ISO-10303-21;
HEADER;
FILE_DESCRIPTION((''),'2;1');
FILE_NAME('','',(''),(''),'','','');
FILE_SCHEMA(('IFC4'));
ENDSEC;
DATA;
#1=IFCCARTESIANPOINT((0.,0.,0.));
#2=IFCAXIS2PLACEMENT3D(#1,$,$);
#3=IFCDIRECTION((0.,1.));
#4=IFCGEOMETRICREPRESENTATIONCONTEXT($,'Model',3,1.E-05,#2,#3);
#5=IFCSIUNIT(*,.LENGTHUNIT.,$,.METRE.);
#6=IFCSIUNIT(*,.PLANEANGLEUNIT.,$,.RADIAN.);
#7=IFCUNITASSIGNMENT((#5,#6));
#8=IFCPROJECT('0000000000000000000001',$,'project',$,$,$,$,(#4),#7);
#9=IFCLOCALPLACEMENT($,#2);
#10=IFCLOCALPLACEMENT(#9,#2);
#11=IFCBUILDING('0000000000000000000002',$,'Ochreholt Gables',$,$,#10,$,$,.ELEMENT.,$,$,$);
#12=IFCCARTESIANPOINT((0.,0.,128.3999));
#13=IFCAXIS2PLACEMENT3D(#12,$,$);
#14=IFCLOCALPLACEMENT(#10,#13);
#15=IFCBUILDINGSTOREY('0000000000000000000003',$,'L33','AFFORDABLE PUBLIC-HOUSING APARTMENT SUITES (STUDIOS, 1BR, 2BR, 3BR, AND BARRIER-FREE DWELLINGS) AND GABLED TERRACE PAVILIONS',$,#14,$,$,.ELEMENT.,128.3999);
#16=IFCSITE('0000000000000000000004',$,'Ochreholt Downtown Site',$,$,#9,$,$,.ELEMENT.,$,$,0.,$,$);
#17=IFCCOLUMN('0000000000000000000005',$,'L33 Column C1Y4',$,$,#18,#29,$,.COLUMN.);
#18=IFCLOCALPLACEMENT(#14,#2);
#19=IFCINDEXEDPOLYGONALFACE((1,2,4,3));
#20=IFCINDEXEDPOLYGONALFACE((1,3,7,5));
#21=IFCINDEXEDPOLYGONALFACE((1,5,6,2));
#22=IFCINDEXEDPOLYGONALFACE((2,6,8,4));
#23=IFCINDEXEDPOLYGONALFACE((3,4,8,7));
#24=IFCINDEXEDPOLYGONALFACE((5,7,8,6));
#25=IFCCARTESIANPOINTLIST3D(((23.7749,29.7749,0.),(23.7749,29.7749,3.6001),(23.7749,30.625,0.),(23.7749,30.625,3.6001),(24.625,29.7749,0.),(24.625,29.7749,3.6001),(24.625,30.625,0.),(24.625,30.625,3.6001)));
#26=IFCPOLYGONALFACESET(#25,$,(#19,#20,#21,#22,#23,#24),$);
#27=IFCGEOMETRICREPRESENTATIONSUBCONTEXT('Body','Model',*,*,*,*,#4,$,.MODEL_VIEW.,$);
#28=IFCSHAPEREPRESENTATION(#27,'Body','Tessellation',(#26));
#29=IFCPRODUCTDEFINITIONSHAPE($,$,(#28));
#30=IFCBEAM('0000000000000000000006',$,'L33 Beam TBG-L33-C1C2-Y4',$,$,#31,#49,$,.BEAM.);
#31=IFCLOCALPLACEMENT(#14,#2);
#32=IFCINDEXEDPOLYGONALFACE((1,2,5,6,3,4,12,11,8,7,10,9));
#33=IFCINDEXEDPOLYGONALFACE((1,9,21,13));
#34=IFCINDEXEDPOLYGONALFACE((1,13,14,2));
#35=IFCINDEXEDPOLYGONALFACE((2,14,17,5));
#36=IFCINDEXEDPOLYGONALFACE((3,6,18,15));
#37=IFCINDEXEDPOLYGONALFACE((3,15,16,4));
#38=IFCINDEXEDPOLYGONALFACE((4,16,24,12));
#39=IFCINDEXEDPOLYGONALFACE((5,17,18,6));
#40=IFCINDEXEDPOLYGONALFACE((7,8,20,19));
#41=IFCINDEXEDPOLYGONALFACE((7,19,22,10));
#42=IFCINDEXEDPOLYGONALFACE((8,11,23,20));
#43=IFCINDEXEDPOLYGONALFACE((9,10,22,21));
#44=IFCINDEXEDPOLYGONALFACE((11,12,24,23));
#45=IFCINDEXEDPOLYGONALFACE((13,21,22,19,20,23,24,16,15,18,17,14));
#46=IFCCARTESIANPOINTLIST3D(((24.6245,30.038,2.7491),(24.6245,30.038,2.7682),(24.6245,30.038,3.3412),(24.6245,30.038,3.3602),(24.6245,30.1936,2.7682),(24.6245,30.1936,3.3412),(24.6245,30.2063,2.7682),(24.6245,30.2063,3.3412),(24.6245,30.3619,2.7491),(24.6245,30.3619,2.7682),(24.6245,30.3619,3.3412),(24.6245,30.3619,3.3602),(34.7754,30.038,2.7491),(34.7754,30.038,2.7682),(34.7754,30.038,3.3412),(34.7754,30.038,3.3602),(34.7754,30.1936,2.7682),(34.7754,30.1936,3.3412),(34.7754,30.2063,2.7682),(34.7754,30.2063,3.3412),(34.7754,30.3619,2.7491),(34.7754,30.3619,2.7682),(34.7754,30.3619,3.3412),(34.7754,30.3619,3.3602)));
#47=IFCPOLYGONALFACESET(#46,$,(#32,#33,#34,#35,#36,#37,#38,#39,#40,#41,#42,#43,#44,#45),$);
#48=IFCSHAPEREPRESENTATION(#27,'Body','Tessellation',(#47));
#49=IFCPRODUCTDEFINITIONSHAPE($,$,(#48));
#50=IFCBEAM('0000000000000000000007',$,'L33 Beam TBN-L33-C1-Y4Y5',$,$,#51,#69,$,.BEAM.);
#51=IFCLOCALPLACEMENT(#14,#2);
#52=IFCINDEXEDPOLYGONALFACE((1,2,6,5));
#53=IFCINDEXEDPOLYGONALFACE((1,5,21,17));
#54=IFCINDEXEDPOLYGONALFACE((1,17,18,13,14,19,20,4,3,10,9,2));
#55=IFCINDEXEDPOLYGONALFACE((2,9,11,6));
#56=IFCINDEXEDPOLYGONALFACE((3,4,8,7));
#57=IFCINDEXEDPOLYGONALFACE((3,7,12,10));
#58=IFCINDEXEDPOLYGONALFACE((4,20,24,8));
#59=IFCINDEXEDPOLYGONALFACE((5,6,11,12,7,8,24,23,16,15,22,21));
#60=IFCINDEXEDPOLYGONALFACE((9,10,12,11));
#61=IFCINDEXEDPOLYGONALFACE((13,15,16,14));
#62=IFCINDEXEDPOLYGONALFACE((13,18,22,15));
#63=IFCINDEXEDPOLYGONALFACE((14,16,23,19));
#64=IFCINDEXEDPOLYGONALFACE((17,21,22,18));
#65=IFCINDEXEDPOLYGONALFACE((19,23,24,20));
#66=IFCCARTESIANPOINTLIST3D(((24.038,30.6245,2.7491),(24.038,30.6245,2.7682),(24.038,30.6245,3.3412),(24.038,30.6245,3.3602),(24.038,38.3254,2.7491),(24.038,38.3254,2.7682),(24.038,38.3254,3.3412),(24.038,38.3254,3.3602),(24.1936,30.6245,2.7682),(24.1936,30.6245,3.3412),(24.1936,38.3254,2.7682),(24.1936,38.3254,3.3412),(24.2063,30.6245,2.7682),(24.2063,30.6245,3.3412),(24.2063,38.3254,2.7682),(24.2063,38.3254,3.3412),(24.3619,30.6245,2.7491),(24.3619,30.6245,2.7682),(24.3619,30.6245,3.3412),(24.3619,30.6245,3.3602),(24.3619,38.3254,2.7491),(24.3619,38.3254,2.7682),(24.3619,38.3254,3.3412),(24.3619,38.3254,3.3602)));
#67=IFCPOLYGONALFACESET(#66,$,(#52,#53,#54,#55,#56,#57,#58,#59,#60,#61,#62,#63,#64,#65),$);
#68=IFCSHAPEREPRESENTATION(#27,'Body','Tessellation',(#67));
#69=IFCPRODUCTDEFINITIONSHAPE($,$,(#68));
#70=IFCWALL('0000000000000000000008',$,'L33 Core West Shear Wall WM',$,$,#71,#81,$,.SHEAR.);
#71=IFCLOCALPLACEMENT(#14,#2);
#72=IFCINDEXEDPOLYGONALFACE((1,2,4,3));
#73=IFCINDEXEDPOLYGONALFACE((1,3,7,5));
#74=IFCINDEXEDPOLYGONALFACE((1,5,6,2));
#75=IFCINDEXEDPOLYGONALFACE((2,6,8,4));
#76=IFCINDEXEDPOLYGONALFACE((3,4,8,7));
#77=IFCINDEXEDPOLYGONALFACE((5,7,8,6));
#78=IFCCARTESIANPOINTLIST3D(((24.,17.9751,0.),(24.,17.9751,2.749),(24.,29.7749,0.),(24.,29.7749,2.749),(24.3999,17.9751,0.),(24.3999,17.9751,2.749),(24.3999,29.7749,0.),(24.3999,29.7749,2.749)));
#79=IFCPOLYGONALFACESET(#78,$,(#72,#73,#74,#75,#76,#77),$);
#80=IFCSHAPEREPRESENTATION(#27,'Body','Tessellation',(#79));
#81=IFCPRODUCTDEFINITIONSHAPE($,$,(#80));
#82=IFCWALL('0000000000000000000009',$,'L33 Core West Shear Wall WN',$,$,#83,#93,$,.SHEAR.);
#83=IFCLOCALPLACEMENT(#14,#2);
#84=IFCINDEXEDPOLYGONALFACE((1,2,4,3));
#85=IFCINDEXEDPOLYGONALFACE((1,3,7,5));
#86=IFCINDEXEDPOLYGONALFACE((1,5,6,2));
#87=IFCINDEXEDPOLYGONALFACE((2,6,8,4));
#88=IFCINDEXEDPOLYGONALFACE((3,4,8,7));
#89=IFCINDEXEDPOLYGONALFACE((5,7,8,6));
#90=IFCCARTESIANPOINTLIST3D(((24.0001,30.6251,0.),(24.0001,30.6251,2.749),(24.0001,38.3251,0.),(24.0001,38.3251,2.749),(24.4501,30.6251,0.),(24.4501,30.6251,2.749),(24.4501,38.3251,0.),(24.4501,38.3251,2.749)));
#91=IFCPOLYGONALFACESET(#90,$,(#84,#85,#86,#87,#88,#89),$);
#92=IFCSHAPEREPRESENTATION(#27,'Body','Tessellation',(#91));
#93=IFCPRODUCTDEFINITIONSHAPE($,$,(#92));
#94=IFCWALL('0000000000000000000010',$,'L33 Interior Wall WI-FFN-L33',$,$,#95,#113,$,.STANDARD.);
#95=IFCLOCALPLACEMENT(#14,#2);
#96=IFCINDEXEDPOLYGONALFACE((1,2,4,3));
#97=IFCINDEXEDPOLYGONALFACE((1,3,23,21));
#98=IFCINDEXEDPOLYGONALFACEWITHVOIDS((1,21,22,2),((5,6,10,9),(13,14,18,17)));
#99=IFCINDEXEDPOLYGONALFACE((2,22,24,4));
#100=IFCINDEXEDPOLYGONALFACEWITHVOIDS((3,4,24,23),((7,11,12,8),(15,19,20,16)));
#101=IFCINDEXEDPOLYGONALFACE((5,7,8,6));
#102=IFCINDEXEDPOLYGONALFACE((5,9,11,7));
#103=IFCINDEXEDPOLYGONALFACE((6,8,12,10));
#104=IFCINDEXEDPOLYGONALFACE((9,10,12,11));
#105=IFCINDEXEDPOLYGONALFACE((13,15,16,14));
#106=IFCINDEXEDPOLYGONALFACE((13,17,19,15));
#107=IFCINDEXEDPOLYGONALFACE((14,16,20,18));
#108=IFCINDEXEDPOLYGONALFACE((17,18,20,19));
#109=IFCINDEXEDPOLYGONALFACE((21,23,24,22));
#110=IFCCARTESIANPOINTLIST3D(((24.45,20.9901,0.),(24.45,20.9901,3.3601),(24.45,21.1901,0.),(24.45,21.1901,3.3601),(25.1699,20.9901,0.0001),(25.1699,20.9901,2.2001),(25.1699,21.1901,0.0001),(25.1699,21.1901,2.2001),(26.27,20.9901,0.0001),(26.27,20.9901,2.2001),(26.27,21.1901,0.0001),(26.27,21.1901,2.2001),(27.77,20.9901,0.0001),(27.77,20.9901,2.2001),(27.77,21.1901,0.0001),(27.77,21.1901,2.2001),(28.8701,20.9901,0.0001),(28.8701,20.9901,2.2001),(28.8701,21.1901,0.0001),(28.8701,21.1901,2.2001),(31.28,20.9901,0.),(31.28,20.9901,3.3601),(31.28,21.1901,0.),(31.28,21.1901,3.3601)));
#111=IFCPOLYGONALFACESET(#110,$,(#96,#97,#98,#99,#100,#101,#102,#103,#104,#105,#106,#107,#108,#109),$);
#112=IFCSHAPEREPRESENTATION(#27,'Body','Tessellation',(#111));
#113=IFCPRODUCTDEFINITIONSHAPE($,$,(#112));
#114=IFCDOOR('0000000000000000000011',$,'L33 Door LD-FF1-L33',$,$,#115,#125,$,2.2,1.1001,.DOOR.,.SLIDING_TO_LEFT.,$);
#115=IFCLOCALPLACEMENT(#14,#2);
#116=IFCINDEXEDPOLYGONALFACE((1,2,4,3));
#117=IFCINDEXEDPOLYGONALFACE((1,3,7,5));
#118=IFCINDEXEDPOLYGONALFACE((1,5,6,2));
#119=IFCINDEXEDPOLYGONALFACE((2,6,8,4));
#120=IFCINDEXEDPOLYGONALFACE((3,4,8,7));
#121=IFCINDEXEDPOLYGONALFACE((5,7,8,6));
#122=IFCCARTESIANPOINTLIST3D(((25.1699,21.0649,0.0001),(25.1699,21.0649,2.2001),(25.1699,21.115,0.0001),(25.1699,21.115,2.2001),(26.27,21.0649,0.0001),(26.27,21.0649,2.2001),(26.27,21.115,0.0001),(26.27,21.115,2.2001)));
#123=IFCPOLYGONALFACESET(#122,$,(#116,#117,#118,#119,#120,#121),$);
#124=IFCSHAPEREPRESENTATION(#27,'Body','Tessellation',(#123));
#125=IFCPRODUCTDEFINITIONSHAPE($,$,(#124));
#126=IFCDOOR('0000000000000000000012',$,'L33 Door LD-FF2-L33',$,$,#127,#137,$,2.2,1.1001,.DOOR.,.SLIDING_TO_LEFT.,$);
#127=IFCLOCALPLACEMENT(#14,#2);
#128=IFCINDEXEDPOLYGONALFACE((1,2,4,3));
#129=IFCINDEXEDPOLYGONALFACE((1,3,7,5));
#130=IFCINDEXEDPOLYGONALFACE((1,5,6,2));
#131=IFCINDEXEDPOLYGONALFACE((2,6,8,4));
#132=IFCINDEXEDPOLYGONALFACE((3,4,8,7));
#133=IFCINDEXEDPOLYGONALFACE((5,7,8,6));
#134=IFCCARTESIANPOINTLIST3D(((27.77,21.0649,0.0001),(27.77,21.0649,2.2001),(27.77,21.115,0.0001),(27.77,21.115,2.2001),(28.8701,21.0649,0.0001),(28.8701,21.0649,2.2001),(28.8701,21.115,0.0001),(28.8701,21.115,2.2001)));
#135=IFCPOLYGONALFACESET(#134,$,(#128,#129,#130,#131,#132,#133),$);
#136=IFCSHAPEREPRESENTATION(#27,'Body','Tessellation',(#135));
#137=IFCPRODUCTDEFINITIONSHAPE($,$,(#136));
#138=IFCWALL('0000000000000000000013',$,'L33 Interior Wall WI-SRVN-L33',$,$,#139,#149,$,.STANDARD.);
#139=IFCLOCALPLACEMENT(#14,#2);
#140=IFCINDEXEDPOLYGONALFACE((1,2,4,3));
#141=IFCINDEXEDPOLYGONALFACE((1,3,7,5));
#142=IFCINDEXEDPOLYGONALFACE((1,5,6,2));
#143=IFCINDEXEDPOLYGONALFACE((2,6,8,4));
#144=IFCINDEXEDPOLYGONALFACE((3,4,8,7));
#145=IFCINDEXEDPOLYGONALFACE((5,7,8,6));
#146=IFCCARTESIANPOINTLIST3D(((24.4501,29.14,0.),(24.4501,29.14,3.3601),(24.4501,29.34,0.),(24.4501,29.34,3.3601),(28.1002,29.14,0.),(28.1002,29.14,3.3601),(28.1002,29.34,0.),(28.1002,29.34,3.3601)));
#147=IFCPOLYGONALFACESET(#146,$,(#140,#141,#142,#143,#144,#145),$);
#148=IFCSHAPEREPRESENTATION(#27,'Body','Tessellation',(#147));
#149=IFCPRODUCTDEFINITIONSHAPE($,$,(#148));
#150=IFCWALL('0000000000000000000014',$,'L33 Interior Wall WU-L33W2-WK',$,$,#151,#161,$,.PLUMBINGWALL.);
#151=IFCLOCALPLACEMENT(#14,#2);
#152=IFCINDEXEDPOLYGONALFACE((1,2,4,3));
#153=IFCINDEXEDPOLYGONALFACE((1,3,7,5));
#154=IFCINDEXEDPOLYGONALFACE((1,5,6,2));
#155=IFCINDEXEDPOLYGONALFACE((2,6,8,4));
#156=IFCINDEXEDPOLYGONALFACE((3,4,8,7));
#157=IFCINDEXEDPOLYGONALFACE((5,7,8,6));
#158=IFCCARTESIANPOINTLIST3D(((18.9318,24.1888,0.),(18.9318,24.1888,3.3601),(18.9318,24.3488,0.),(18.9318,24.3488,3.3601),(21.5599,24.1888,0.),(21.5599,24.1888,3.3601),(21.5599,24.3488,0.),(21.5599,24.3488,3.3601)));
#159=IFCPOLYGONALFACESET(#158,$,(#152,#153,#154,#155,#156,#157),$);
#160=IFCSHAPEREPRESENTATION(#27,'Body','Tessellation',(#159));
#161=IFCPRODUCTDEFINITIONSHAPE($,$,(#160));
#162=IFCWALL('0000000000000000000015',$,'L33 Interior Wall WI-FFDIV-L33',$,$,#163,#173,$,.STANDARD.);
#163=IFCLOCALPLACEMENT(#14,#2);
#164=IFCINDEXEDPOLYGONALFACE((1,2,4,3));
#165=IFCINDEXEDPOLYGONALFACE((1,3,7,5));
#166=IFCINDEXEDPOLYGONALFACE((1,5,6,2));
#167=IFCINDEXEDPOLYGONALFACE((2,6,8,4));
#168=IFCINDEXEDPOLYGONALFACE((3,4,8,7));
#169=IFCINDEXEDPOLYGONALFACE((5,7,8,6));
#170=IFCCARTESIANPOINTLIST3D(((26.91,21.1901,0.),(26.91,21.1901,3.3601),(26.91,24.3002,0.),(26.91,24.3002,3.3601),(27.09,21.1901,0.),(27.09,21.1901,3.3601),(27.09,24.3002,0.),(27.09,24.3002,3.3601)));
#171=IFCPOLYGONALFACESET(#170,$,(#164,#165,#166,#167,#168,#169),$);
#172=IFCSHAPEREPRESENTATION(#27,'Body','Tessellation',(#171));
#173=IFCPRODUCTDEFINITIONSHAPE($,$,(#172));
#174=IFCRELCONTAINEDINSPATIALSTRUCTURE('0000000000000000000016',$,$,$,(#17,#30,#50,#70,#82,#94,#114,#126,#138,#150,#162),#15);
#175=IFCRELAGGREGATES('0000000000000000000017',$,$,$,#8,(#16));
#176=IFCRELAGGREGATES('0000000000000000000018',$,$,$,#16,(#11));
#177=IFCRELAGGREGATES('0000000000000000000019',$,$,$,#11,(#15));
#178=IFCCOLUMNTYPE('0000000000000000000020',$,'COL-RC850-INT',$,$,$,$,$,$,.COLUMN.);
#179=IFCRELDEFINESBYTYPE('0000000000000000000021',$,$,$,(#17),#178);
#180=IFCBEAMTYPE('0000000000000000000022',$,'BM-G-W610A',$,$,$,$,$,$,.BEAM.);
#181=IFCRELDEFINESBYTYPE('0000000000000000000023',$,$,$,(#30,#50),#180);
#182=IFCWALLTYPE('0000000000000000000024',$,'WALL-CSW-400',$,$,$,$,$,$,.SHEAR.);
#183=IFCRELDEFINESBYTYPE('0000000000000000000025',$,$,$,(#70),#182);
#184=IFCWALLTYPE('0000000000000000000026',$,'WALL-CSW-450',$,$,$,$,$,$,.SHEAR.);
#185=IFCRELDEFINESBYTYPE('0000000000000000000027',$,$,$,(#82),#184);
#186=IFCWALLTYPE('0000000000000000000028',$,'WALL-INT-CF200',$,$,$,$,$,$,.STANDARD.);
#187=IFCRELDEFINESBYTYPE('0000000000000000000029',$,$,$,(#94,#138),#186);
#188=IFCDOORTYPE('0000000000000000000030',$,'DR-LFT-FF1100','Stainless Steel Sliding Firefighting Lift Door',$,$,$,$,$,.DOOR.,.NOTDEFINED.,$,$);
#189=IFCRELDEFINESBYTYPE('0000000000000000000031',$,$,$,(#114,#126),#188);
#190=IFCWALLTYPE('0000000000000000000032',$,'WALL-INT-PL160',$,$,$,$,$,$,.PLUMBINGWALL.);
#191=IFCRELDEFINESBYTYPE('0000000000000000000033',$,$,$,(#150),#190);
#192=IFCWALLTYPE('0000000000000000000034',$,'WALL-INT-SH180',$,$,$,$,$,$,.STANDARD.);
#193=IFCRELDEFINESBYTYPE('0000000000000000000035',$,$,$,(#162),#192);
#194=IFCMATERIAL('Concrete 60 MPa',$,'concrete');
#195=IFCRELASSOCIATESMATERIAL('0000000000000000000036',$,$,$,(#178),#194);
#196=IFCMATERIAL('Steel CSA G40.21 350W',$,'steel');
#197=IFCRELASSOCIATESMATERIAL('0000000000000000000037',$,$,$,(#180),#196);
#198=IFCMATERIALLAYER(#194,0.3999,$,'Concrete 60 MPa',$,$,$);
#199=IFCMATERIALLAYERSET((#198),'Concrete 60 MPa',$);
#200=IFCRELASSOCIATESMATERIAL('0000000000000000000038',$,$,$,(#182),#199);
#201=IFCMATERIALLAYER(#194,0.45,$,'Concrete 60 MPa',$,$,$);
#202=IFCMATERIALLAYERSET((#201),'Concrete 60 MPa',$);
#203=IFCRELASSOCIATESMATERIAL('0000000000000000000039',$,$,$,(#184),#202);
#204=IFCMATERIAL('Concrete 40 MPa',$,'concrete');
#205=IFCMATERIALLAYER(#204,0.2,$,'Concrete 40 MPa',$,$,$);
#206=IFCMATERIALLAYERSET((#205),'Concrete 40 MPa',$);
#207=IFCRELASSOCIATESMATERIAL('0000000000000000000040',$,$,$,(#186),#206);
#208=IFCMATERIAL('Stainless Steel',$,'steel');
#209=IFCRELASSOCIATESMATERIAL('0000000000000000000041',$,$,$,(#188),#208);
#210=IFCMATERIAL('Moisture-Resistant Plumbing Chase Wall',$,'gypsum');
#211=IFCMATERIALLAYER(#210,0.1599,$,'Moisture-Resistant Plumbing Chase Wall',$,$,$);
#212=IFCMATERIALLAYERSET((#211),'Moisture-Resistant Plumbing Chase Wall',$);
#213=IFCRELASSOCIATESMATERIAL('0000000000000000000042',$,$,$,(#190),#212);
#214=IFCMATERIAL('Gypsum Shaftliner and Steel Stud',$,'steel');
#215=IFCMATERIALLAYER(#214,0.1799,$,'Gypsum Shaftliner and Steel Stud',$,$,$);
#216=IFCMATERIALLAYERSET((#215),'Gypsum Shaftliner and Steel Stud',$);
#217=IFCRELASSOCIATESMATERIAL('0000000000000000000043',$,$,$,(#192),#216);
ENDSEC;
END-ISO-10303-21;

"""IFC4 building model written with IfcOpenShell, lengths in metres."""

from ifc_helpers import new_model, si_unit, direction, frame, frame_2d, origin, origin_2d, place, context, subcontext, project, spatial, rectangle, i_section, extrude, material, layer, layer_set, material_profile, profile_set, type_object, element, fill, save


model = new_model("IFC4")

# Units and contexts
model_context = context("Model", 3, precision=1e-05, world=origin(), true_north=direction((0.0, 1.0)))
body_context = subcontext(model_context, "Body", "Model", "MODEL_VIEW")
ifc_project = project(units=[si_unit("LENGTHUNIT", "METRE"), si_unit("PLANEANGLEUNIT", "RADIAN")], contexts=[model_context])

# Site, building, storey
site_placement = place(None, origin())
site = spatial("IfcSite", under=ifc_project, at=site_placement, Name="Ochreholt Downtown Site", CompositionType="ELEMENT", RefElevation=0.0)
building_placement = place(site_placement, origin())
building = spatial("IfcBuilding", under=site, at=building_placement, Name="Ochreholt Gables", CompositionType="ELEMENT")
storey_placement = place(building_placement, frame((0.0, 0.0, 128.3999)))
storey = spatial("IfcBuildingStorey", under=building, at=storey_placement, Name="L33", Description="AFFORDABLE PUBLIC-HOUSING APARTMENT SUITES (STUDIOS, 1BR, 2BR, 3BR, AND BARRIER-FREE DWELLINGS) AND GABLED TERRACE PAVILIONS", CompositionType="ELEMENT", Elevation=128.3999)

# Column
ifc_material_1 = material(Name="Concrete 60 MPa", Category="concrete")
ifc_material_profile_1 = material_profile(ifc_material_1, rectangle(XDim=0.8501, YDim=0.8501, at=origin_2d()), Name="RC850X850")
ifc_profile_set_1 = profile_set([ifc_material_profile_1], Name="Concrete 60 MPa")
column_type = type_object("IfcColumnType", Name="COL-RC850-INT", PredefinedType="COLUMN", material=ifc_profile_set_1)
column_placement = place(storey_placement, frame((24.2, 30.2, 0.0), z_axis=(0.0, 0.0, 1.0), x_axis=(1.0, 0.0, 0.0)))
element("IfcColumn", 1, at=column_placement, inside=storey, type_object=column_type, Name="L33 Column C1Y4", PredefinedType="COLUMN", context=body_context, shape_type="SweptSolid", body=[
    extrude(rectangle(XDim=0.8501, YDim=0.8501, at=origin_2d()), origin(), (0.0, 0.0, 1.0), 3.6001),
])

# Beams
ifc_material_2 = material(Name="Steel CSA G40.21 350W", Category="steel")
ifc_material_profile_2 = material_profile(ifc_material_2, i_section(OverallWidth=0.324, OverallDepth=0.6111, WebThickness=0.0127, FlangeThickness=0.019, at=origin_2d()), Name="W610X155")
ifc_profile_set_2 = profile_set([ifc_material_profile_2], Name="Steel CSA G40.21 350W")
beam_type = type_object("IfcBeamType", Name="BM-G-W610A", PredefinedType="BEAM", material=ifc_profile_set_2)
beam_1_placement = place(storey_placement, frame((24.6245, 30.2, 3.0547), z_axis=(1.0, 0.0, 0.0), x_axis=(0.0, 1.0, 0.0)))
element("IfcBeam", 2, at=beam_1_placement, inside=storey, type_object=beam_type, Name="L33 Beam TBG-L33-C1C2-Y4", PredefinedType="BEAM", context=body_context, shape_type="SweptSolid", body=[
    extrude(i_section(OverallWidth=0.324, OverallDepth=0.6111, WebThickness=0.0127, FlangeThickness=0.019, at=origin_2d()), origin(), (0.0, 0.0, 1.0), 10.1509),
])
beam_2_placement = place(storey_placement, frame((24.2, 30.6245, 3.0547), z_axis=(0.0, 1.0, 0.0), x_axis=(-1.0, 0.0, 0.0)))
element("IfcBeam", 3, at=beam_2_placement, inside=storey, type_object=beam_type, Name="L33 Beam TBN-L33-C1-Y4Y5", PredefinedType="BEAM", context=body_context, shape_type="SweptSolid", body=[
    extrude(i_section(OverallWidth=0.324, OverallDepth=0.6111, WebThickness=0.0127, FlangeThickness=0.019, at=origin_2d()), origin(), (0.0, 0.0, 1.0), 7.7009),
])

# Walls
ifc_layer_1 = layer(ifc_material_1, 0.3999, Name="Concrete 60 MPa")
ifc_layer_set_1 = layer_set([ifc_layer_1], Name="Concrete 60 MPa")
wall_type_1 = type_object("IfcWallType", Name="WALL-CSW-400", PredefinedType="SHEAR", material=ifc_layer_set_1)
wall_1_placement = place(storey_placement, frame((24.2, 17.9751, 0.0), z_axis=(0.0, 0.0, 1.0), x_axis=(0.0, 1.0, 0.0)))
element("IfcWall", 4, at=wall_1_placement, inside=storey, type_object=wall_type_1, Name="L33 Core West Shear Wall WM", PredefinedType="SHEAR", context=body_context, shape_type="SweptSolid", body=[
    extrude(rectangle(XDim=11.7998, YDim=0.3999, at=frame_2d((5.8999, 0.0))), origin(), (0.0, 0.0, 1.0), 2.749),
])
ifc_layer_2 = layer(ifc_material_1, 0.45, Name="Concrete 60 MPa")
ifc_layer_set_2 = layer_set([ifc_layer_2], Name="Concrete 60 MPa")
wall_type_2 = type_object("IfcWallType", Name="WALL-CSW-450", PredefinedType="SHEAR", material=ifc_layer_set_2)
wall_2_placement = place(storey_placement, frame((24.2251, 30.625, 0.0), z_axis=(0.0, 0.0, 1.0), x_axis=(0.0, 1.0, 0.0)))
element("IfcWall", 5, at=wall_2_placement, inside=storey, type_object=wall_type_2, Name="L33 Core West Shear Wall WN", PredefinedType="SHEAR", context=body_context, shape_type="SweptSolid", body=[
    extrude(rectangle(XDim=7.7, YDim=0.45, at=frame_2d((3.8501, 0.0))), origin(), (0.0, 0.0, 1.0), 2.749),
])

# Wall, openings, doors
ifc_material_3 = material(Name="Concrete 40 MPa", Category="concrete")
ifc_layer_3 = layer(ifc_material_3, 0.2, Name="Concrete 40 MPa")
ifc_layer_set_3 = layer_set([ifc_layer_3], Name="Concrete 40 MPa")
wall_type_3 = type_object("IfcWallType", Name="WALL-INT-CF200", PredefinedType="STANDARD", material=ifc_layer_set_3)
wall_3_placement = place(storey_placement, frame((24.45, 21.0901, 0.0), z_axis=(0.0, 0.0, 1.0), x_axis=(1.0, 0.0, 0.0)))
wall_3 = element("IfcWall", 6, at=wall_3_placement, inside=storey, type_object=wall_type_3, Name="L33 Interior Wall WI-FFN-L33", PredefinedType="STANDARD", context=body_context, shape_type="SweptSolid", body=[
    extrude(rectangle(XDim=6.8301, YDim=0.2, at=frame_2d((3.415, 0.0))), origin(), (0.0, 0.0, 1.0), 3.3601),
])
opening_1_placement = place(wall_3_placement, frame((0.72, 0.0, 0.0)))
opening_1 = element("IfcOpeningElement", 7, at=opening_1_placement, cuts=wall_3, PredefinedType="OPENING", context=body_context, shape_type="SweptSolid", body=[
    extrude(rectangle(XDim=1.1001, YDim=2.2, at=frame_2d((0.55, 1.1001))), frame((0.0, 0.1099, 0.0), z_axis=(0.0, -1.0, 0.0), x_axis=(1.0, 0.0, 0.0)), (0.0, 0.0, 1.0), 0.22),
])
opening_2_placement = place(wall_3_placement, frame((3.3201, 0.0, 0.0)))
opening_2 = element("IfcOpeningElement", 8, at=opening_2_placement, cuts=wall_3, PredefinedType="OPENING", context=body_context, shape_type="SweptSolid", body=[
    extrude(rectangle(XDim=1.1001, YDim=2.2, at=frame_2d((0.55, 1.1001))), frame((0.0, 0.1099, 0.0), z_axis=(0.0, -1.0, 0.0), x_axis=(1.0, 0.0, 0.0)), (0.0, 0.0, 1.0), 0.22),
])
ifc_material_4 = material(Name="Stainless Steel", Category="steel")
door_type_1 = type_object("IfcDoorType", Name="DR-LFT-FF1100", Description="Stainless Steel Sliding Firefighting Lift Door", OperationType="NOTDEFINED", PredefinedType="DOOR", material=ifc_material_4)
door_1_placement = place(opening_1_placement, origin())
door_1 = element("IfcDoor", 9, at=door_1_placement, inside=storey, type_object=door_type_1, Name="L33 Door LD-FF1-L33", OperationType="SLIDING_TO_LEFT", OverallHeight=2.2, OverallWidth=1.1001, PredefinedType="DOOR", context=body_context, shape_type="SweptSolid", body=[
    extrude(rectangle(XDim=1.1001, YDim=2.2, at=frame_2d((0.55, 1.1001))), frame((0.0, 0.0249, 0.0), z_axis=(0.0, -1.0, 0.0), x_axis=(1.0, 0.0, 0.0)), (0.0, 0.0, 1.0), 0.05),
])
fill(opening_1, door_1)
door_2_placement = place(opening_2_placement, origin())
door_2 = element("IfcDoor", 10, at=door_2_placement, inside=storey, type_object=door_type_1, Name="L33 Door LD-FF2-L33", OperationType="SLIDING_TO_LEFT", OverallHeight=2.2, OverallWidth=1.1001, PredefinedType="DOOR", context=body_context, shape_type="SweptSolid", body=[
    extrude(rectangle(XDim=1.1001, YDim=2.2, at=frame_2d((0.55, 1.1001))), frame((0.0, 0.0249, 0.0), z_axis=(0.0, -1.0, 0.0), x_axis=(1.0, 0.0, 0.0)), (0.0, 0.0, 1.0), 0.05),
])
fill(opening_2, door_2)

# Walls
wall_4_placement = place(storey_placement, frame((24.45, 29.24, 0.0), z_axis=(0.0, 0.0, 1.0), x_axis=(1.0, 0.0, 0.0)))
element("IfcWall", 11, at=wall_4_placement, inside=storey, type_object=wall_type_3, Name="L33 Interior Wall WI-SRVN-L33", PredefinedType="STANDARD", context=body_context, shape_type="SweptSolid", body=[
    extrude(rectangle(XDim=3.6501, YDim=0.2, at=frame_2d((1.8252, 0.0))), origin(), (0.0, 0.0, 1.0), 3.3601),
])
ifc_material_5 = material(Name="Moisture-Resistant Plumbing Chase Wall", Category="gypsum")
ifc_layer_4 = layer(ifc_material_5, 0.1599, Name="Moisture-Resistant Plumbing Chase Wall")
ifc_layer_set_4 = layer_set([ifc_layer_4], Name="Moisture-Resistant Plumbing Chase Wall")
wall_type_4 = type_object("IfcWallType", Name="WALL-INT-PL160", PredefinedType="PLUMBINGWALL", material=ifc_layer_set_4)
wall_5_placement = place(storey_placement, frame((18.9319, 24.2688, 0.0), z_axis=(0.0, 0.0, 1.0), x_axis=(1.0, 0.0, 0.0)))
element("IfcWall", 12, at=wall_5_placement, inside=storey, type_object=wall_type_4, Name="L33 Interior Wall WU-L33W2-WK", PredefinedType="PLUMBINGWALL", context=body_context, shape_type="SweptSolid", body=[
    extrude(rectangle(XDim=2.6282, YDim=0.1599, at=frame_2d((1.314, 0.0))), origin(), (0.0, 0.0, 1.0), 3.3601),
])
ifc_material_6 = material(Name="Gypsum Shaftliner and Steel Stud", Category="steel")
ifc_layer_5 = layer(ifc_material_6, 0.1799, Name="Gypsum Shaftliner and Steel Stud")
ifc_layer_set_5 = layer_set([ifc_layer_5], Name="Gypsum Shaftliner and Steel Stud")
wall_type_5 = type_object("IfcWallType", Name="WALL-INT-SH180", PredefinedType="STANDARD", material=ifc_layer_set_5)
wall_6_placement = place(storey_placement, frame((27.0, 21.1899, 0.0), z_axis=(0.0, 0.0, 1.0), x_axis=(0.0, 1.0, 0.0)))
element("IfcWall", 13, at=wall_6_placement, inside=storey, type_object=wall_type_5, Name="L33 Interior Wall WI-FFDIV-L33", PredefinedType="STANDARD", context=body_context, shape_type="SweptSolid", body=[
    extrude(rectangle(XDim=3.1101, YDim=0.1799, at=frame_2d((1.5552, 0.0))), origin(), (0.0, 0.0, 1.0), 3.3601),
])

save(model, "model.ifc")
